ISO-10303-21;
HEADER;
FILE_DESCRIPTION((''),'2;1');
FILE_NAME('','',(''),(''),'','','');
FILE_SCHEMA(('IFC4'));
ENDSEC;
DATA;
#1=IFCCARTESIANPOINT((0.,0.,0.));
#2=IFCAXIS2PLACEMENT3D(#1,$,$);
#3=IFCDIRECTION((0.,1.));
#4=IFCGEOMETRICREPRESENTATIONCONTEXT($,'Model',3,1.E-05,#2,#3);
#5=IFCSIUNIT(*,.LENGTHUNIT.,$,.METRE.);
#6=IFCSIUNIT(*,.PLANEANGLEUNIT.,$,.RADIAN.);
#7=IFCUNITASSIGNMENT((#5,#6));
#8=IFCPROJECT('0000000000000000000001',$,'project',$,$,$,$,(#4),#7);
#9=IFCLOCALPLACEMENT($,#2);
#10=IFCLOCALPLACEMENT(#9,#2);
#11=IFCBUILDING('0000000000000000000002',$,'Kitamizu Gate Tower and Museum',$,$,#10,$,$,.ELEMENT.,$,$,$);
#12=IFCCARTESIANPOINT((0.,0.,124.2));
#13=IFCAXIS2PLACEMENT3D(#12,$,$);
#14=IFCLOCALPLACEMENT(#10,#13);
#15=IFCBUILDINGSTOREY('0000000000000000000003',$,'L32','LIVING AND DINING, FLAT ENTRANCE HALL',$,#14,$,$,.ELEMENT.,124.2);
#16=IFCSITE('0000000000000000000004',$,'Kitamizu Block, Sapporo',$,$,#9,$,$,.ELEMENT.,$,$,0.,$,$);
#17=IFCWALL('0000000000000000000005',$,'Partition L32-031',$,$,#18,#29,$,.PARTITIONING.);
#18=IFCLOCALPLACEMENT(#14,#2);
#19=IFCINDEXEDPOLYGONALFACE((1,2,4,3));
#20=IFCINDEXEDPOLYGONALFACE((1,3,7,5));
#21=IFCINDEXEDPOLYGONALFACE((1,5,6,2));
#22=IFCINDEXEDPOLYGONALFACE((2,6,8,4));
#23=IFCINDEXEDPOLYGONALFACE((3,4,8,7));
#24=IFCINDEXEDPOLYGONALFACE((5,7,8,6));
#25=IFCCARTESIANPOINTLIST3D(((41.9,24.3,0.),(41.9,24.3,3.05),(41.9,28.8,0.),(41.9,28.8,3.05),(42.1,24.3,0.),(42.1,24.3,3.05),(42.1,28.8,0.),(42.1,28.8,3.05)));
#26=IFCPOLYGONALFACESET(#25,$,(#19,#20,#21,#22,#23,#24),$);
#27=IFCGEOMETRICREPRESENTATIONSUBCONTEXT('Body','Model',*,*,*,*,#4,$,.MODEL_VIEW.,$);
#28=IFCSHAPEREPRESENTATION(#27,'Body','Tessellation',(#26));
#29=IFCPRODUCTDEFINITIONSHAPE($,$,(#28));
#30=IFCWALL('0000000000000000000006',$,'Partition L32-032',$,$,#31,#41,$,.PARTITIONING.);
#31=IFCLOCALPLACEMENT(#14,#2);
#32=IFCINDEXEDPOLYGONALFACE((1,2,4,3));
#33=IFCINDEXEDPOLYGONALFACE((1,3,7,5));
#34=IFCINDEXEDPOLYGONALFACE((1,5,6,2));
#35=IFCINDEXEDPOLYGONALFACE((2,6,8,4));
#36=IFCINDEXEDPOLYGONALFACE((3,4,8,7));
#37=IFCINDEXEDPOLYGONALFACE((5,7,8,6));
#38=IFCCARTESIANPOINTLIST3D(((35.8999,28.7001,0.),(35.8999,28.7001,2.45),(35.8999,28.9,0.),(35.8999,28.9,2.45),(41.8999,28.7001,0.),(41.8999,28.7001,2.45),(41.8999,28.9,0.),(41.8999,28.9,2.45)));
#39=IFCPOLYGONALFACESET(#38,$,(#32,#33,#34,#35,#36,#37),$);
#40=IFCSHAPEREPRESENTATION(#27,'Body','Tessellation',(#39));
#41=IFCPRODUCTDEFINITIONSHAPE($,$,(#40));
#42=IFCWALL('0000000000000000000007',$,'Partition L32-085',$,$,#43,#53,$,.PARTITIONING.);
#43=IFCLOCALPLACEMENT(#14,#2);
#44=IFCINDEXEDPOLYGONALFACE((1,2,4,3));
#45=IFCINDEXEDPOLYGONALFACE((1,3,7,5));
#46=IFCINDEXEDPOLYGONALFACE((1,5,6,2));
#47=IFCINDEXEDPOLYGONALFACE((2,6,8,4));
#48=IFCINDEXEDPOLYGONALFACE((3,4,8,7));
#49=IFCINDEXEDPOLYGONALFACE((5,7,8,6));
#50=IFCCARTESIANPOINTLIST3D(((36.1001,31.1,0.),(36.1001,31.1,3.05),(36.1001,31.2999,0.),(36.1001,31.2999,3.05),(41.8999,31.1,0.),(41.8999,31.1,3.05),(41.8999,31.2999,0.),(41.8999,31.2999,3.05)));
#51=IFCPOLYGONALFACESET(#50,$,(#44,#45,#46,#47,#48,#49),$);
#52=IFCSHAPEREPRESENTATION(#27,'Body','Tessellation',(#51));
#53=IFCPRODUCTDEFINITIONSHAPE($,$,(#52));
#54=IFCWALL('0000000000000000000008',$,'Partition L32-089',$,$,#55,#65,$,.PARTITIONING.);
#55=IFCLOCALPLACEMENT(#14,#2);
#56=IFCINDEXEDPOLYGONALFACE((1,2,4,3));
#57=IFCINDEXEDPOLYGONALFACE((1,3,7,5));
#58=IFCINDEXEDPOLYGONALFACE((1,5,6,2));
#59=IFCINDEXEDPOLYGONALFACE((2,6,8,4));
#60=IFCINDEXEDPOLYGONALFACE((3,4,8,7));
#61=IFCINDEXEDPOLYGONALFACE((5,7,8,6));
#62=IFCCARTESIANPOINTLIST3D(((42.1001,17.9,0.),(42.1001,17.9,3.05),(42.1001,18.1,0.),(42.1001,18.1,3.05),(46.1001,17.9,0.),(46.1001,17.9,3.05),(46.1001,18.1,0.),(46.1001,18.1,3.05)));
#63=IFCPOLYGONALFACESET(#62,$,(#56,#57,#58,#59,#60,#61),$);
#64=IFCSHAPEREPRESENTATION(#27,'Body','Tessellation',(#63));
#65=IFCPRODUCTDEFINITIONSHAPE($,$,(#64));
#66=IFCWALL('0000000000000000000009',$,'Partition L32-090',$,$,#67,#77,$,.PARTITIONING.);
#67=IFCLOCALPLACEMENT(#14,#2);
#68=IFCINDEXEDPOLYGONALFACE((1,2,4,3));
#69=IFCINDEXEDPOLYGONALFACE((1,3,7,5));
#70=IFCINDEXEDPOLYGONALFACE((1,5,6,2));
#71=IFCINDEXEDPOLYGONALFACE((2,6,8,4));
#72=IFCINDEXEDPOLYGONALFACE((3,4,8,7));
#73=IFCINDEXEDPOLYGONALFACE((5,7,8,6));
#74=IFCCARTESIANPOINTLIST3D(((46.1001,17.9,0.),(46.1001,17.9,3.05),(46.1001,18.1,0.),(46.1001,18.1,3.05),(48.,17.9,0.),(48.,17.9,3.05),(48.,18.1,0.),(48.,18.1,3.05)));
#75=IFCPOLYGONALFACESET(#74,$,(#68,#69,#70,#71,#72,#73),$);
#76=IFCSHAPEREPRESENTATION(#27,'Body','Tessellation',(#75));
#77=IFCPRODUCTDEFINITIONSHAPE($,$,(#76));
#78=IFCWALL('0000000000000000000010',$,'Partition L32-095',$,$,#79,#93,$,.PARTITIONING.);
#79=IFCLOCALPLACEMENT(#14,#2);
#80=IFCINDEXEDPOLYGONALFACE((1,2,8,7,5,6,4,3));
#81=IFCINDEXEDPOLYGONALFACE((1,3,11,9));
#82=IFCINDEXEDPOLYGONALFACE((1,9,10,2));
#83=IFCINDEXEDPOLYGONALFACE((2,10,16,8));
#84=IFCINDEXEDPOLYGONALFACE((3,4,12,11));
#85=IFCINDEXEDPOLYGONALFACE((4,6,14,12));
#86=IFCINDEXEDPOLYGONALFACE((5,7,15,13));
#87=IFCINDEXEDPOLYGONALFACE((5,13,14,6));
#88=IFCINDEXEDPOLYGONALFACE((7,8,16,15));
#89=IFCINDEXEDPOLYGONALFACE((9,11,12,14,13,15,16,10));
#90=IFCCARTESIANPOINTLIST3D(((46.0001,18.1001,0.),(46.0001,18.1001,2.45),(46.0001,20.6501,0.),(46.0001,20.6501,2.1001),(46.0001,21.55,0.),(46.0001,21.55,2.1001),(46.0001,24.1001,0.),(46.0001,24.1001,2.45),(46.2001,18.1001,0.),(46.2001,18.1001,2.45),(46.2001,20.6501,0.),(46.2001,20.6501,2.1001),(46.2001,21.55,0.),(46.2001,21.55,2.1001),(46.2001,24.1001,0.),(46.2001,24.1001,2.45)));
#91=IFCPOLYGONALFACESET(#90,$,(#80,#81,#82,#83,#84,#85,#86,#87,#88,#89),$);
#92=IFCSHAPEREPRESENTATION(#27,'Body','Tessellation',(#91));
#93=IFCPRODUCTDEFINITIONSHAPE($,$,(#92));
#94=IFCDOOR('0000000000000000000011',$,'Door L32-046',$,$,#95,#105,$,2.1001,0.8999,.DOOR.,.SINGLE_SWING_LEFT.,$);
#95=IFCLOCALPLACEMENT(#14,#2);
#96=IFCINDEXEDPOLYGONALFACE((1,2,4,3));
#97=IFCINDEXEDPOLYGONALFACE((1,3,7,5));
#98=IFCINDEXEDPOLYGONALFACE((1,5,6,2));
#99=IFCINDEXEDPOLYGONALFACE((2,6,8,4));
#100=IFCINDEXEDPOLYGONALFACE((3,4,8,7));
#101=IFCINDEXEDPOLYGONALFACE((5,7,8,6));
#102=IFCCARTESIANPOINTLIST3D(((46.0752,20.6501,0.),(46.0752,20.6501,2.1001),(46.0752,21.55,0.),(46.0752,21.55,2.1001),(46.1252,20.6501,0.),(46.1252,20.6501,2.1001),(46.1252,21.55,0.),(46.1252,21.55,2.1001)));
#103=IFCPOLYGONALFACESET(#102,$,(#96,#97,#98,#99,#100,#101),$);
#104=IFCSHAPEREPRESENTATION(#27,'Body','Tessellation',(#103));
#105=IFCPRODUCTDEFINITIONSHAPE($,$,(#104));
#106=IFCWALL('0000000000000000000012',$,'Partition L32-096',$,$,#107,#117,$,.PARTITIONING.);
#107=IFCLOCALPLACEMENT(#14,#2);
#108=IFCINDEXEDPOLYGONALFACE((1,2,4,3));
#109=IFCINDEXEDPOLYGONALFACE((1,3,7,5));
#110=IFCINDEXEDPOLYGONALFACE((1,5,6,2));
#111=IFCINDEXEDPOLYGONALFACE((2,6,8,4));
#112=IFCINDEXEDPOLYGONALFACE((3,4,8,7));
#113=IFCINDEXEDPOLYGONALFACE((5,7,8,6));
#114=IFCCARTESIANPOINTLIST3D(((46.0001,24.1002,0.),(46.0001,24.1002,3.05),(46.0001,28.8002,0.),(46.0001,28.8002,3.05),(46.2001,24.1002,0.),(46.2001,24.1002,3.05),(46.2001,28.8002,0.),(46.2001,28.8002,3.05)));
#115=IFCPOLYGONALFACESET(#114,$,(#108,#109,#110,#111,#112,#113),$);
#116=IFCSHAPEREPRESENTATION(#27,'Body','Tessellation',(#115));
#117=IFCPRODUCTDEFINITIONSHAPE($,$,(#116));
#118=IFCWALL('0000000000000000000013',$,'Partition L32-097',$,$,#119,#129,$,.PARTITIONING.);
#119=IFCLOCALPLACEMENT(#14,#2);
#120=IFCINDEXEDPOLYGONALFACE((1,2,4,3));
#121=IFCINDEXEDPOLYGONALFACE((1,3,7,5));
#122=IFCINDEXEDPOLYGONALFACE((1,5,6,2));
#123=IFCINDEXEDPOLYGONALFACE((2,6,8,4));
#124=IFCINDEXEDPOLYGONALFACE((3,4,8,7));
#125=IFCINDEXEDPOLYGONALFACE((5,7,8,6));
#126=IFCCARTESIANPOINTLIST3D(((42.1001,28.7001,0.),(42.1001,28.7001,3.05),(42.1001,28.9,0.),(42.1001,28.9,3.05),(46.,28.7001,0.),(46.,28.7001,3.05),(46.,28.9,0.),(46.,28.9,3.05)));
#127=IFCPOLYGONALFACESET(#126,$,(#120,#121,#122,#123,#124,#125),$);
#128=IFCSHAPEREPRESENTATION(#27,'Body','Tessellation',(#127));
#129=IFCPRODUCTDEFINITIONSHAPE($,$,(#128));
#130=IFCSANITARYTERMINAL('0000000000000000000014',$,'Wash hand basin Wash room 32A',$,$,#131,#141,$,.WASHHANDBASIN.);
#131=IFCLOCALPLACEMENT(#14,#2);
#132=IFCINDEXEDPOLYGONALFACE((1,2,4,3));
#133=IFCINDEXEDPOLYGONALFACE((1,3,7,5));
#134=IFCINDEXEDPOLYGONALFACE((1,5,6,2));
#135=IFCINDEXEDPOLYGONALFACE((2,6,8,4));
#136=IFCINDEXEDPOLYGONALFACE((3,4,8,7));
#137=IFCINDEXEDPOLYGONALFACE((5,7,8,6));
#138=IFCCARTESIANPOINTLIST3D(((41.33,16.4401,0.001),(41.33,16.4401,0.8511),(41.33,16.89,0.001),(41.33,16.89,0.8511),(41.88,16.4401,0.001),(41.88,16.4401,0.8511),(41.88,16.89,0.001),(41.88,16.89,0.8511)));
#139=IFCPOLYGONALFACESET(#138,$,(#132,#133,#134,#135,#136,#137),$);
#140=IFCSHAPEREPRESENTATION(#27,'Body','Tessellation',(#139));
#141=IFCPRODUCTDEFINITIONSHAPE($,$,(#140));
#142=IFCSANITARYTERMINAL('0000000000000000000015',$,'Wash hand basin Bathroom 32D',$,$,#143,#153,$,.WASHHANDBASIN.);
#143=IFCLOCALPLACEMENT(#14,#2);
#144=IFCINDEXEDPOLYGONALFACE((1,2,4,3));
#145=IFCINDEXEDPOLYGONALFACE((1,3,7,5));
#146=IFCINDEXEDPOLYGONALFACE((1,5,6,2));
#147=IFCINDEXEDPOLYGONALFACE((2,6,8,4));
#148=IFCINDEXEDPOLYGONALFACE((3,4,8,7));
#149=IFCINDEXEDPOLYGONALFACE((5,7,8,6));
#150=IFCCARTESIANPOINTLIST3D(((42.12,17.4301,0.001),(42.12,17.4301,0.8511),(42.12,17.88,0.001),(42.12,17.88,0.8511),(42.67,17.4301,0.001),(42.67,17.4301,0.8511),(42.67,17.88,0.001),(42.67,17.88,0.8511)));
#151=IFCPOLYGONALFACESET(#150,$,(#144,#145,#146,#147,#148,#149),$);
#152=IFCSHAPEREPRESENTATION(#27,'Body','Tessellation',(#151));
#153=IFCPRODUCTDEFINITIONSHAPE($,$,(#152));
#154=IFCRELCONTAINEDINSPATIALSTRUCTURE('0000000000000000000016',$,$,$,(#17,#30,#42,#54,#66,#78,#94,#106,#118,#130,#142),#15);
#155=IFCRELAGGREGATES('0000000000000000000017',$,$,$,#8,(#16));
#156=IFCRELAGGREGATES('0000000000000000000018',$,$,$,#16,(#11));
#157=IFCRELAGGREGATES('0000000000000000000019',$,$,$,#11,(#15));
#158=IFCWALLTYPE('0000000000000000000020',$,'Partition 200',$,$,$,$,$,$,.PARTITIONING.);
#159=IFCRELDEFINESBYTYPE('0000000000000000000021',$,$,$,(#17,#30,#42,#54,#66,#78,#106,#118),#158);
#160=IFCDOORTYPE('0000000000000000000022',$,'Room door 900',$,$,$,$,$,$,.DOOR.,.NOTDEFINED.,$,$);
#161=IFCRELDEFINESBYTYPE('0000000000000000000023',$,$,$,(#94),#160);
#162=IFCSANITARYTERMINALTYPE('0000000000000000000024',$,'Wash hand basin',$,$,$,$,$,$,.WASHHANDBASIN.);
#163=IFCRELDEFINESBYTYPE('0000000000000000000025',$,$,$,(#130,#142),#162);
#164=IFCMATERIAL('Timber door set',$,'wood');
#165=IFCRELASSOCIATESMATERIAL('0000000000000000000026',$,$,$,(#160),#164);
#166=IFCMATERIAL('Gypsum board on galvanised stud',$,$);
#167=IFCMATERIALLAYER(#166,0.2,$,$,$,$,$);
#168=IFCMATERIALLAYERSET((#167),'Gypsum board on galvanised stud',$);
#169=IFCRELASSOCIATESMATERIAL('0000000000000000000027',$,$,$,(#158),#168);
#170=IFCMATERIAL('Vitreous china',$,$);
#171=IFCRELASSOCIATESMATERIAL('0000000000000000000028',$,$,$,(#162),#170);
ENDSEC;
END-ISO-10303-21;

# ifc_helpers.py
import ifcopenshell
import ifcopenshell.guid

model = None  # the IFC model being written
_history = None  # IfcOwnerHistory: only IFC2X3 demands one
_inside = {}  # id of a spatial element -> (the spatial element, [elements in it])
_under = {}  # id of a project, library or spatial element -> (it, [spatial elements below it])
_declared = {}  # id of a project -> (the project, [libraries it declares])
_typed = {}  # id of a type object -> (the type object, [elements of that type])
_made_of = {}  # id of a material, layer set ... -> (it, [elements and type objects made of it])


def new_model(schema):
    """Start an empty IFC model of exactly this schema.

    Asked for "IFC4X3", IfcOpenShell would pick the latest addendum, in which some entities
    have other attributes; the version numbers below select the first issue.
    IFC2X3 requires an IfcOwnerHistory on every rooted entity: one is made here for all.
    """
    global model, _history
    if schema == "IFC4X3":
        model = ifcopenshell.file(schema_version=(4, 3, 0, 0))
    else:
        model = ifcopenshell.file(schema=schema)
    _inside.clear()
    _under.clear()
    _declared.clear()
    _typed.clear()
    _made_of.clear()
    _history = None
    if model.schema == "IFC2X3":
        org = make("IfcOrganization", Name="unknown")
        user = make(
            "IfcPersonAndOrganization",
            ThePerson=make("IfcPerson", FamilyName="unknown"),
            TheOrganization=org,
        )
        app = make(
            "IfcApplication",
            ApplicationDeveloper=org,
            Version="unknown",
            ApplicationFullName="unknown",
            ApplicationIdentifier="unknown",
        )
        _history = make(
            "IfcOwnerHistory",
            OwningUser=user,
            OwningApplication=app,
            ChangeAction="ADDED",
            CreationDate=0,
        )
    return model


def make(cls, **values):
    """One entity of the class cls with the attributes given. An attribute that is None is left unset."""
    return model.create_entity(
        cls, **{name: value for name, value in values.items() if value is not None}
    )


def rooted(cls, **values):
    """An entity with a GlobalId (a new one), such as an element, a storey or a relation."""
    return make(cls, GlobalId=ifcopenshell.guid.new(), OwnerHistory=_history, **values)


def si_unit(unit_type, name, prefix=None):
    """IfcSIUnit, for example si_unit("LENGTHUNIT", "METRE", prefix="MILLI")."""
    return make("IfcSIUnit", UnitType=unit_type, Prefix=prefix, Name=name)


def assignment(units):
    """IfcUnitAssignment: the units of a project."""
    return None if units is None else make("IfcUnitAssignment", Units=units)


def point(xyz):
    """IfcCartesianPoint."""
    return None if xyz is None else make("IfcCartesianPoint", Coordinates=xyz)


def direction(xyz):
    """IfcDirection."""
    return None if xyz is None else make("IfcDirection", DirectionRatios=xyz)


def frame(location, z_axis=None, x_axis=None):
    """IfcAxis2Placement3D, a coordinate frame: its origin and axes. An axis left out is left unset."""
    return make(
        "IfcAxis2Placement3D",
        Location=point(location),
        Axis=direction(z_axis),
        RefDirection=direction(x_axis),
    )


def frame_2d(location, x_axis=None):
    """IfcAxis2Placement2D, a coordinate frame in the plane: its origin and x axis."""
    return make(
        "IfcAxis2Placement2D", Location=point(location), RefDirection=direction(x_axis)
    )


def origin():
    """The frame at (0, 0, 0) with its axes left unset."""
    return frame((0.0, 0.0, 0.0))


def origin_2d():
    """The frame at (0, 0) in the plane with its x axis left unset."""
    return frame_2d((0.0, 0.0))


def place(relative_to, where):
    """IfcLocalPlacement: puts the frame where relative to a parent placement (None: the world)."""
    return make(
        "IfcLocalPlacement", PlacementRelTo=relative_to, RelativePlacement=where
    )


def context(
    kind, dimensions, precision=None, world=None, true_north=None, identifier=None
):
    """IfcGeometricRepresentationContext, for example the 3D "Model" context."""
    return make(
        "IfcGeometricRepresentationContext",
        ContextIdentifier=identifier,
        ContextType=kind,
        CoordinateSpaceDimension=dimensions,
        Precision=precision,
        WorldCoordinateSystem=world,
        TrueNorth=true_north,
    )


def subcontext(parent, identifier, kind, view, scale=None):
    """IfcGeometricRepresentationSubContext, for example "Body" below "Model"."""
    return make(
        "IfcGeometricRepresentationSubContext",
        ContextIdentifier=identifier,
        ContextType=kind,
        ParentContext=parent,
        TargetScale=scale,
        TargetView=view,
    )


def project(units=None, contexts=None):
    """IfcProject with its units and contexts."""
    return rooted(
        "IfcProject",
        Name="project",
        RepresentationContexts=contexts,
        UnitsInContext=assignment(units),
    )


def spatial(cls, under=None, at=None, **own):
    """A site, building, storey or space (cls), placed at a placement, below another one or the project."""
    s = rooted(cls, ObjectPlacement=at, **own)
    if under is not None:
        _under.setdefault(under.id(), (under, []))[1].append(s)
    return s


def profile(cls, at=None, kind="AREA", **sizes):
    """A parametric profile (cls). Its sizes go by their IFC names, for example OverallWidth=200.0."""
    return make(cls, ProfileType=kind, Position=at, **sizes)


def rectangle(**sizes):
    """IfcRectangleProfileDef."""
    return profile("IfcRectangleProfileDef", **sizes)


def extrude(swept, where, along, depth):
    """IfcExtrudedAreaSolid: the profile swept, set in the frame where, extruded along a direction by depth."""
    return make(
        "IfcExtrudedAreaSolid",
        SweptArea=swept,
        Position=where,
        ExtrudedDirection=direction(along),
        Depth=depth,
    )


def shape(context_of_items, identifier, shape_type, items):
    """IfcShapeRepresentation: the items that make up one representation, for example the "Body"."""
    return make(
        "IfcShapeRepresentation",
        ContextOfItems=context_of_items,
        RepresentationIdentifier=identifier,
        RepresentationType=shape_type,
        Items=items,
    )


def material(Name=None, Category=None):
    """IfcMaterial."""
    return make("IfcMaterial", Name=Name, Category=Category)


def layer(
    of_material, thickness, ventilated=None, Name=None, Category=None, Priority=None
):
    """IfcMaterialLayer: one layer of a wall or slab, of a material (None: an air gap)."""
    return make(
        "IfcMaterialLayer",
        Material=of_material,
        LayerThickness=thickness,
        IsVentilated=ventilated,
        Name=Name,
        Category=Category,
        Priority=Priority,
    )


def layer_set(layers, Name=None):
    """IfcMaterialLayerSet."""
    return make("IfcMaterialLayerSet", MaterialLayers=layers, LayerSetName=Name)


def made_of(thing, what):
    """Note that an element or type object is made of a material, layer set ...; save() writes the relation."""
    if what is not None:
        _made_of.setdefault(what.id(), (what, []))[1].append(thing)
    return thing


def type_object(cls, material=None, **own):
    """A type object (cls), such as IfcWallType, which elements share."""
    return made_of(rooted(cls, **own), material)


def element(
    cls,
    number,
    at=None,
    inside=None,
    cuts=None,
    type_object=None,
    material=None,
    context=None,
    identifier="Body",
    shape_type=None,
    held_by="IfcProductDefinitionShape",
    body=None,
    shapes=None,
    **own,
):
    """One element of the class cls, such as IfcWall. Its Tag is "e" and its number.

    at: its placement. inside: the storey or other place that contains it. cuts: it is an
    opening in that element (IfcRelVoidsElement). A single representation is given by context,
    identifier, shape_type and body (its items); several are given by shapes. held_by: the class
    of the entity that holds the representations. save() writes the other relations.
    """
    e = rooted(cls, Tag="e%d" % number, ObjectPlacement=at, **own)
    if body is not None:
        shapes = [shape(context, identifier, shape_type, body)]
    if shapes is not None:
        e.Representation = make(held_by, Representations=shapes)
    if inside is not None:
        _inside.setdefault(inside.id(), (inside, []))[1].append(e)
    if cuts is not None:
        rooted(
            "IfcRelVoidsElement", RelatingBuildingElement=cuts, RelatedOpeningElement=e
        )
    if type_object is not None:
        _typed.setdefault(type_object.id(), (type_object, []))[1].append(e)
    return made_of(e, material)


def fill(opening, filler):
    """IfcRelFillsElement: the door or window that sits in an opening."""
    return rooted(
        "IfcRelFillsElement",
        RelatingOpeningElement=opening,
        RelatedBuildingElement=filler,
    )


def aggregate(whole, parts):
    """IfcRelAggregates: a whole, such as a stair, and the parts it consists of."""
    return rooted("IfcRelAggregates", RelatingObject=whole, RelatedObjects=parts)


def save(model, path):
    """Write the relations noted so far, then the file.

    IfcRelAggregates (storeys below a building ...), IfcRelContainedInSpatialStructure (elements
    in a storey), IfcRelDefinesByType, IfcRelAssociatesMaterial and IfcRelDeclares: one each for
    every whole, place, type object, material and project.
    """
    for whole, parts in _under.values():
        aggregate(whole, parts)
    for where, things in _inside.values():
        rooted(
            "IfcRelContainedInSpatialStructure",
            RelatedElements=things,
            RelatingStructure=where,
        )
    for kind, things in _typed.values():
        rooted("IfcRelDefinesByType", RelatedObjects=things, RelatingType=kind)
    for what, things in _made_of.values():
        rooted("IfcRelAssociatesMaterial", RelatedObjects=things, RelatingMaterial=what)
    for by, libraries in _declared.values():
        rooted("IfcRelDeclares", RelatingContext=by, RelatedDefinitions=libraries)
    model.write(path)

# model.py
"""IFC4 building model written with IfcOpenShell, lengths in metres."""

from ifc_helpers import new_model, si_unit, direction, frame, frame_2d, origin, origin_2d, place, context, subcontext, project, spatial, rectangle, extrude, material, layer, layer_set, type_object, element, fill, save


model = new_model("IFC4")

# Units and contexts
model_context = context("Model", 3, precision=1e-05, world=origin(), true_north=direction((0.0, 1.0)))
body_context = subcontext(model_context, "Body", "Model", "MODEL_VIEW")
ifc_project = project(units=[si_unit("LENGTHUNIT", "METRE"), si_unit("PLANEANGLEUNIT", "RADIAN")], contexts=[model_context])

# Site, building, storey
site_placement = place(None, origin())
site = spatial("IfcSite", under=ifc_project, at=site_placement, Name="Kitamizu Block, Sapporo", CompositionType="ELEMENT", RefElevation=0.0)
building_placement = place(site_placement, origin())
building = spatial("IfcBuilding", under=site, at=building_placement, Name="Kitamizu Gate Tower and Museum", CompositionType="ELEMENT")
storey_placement = place(building_placement, frame((0.0, 0.0, 124.2)))
storey = spatial("IfcBuildingStorey", under=building, at=storey_placement, Name="L32", Description="LIVING AND DINING, FLAT ENTRANCE HALL", CompositionType="ELEMENT", Elevation=124.2)

# Shared definitions
ifc_material_1 = material(Name="Timber door set", Category="wood")
door_type = type_object("IfcDoorType", Name="Room door 900", OperationType="NOTDEFINED", PredefinedType="DOOR", material=ifc_material_1)

# Walls
ifc_material_2 = material(Name="Gypsum board on galvanised stud")
ifc_layer_1 = layer(ifc_material_2, 0.2)
ifc_layer_set_1 = layer_set([ifc_layer_1], Name="Gypsum board on galvanised stud")
wall_type_1 = type_object("IfcWallType", Name="Partition 200", PredefinedType="PARTITIONING", material=ifc_layer_set_1)
wall_1_placement = place(storey_placement, frame((42.0, 24.3, 0.0), z_axis=(0.0, 0.0, 1.0), x_axis=(0.0, 1.0, 0.0)))
element("IfcWall", 1, at=wall_1_placement, inside=storey, type_object=wall_type_1, Name="Partition L32-031", PredefinedType="PARTITIONING", context=body_context, shape_type="SweptSolid", body=[
    extrude(rectangle(XDim=4.5, YDim=0.2, at=frame_2d((2.25, 0.0))), origin(), (0.0, 0.0, 1.0), 3.05),
])
wall_2_placement = place(storey_placement, frame((41.8999, 28.8, 0.0), z_axis=(0.0, 0.0, 1.0), x_axis=(-1.0, 0.0, 0.0)))
element("IfcWall", 2, at=wall_2_placement, inside=storey, type_object=wall_type_1, Name="Partition L32-032", PredefinedType="PARTITIONING", context=body_context, shape_type="SweptSolid", body=[
    extrude(rectangle(XDim=6.0, YDim=0.2, at=frame_2d((3.0, 0.0))), origin(), (0.0, 0.0, 1.0), 2.45),
])
wall_3_placement = place(storey_placement, frame((36.1001, 31.2, 0.0), z_axis=(0.0, 0.0, 1.0), x_axis=(1.0, 0.0, 0.0)))
element("IfcWall", 3, at=wall_3_placement, inside=storey, type_object=wall_type_1, Name="Partition L32-085", PredefinedType="PARTITIONING", context=body_context, shape_type="SweptSolid", body=[
    extrude(rectangle(XDim=5.7998, YDim=0.2, at=frame_2d((2.8999, 0.0))), origin(), (0.0, 0.0, 1.0), 3.05),
])
wall_4_placement = place(storey_placement, frame((46.1001, 18.0, 0.0), z_axis=(0.0, 0.0, 1.0), x_axis=(-1.0, 0.0, 0.0)))
element("IfcWall", 4, at=wall_4_placement, inside=storey, type_object=wall_type_1, Name="Partition L32-089", PredefinedType="PARTITIONING", context=body_context, shape_type="SweptSolid", body=[
    extrude(rectangle(XDim=4.0, YDim=0.2, at=frame_2d((2.0, 0.0))), origin(), (0.0, 0.0, 1.0), 3.05),
])
wall_5_placement = place(storey_placement, frame((48.0, 18.0, 0.0), z_axis=(0.0, 0.0, 1.0), x_axis=(-1.0, 0.0, 0.0)))
element("IfcWall", 5, at=wall_5_placement, inside=storey, type_object=wall_type_1, Name="Partition L32-090", PredefinedType="PARTITIONING", context=body_context, shape_type="SweptSolid", body=[
    extrude(rectangle(XDim=1.8999, YDim=0.2, at=frame_2d((0.95, 0.0))), origin(), (0.0, 0.0, 1.0), 3.05),
])

# Wall, opening, door
wall_6_placement = place(storey_placement, frame((46.1001, 18.1001, 0.0), z_axis=(0.0, 0.0, 1.0), x_axis=(0.0, 1.0, 0.0)))
wall_6 = element("IfcWall", 6, at=wall_6_placement, inside=storey, type_object=wall_type_1, Name="Partition L32-095", PredefinedType="PARTITIONING", context=body_context, shape_type="SweptSolid", body=[
    extrude(rectangle(XDim=6.0, YDim=0.2, at=frame_2d((3.0, 0.0))), origin(), (0.0, 0.0, 1.0), 2.45),
])
opening_1_placement = place(wall_6_placement, frame((2.55, 0.0, 0.0)))
opening_1 = element("IfcOpeningElement", 7, at=opening_1_placement, cuts=wall_6, PredefinedType="OPENING", context=body_context, shape_type="SweptSolid", body=[
    extrude(rectangle(XDim=0.8999, YDim=2.1001, at=frame_2d((0.45, 1.05))), frame((0.0, 0.1099, 0.0), z_axis=(0.0, -1.0, 0.0), x_axis=(1.0, 0.0, 0.0)), (0.0, 0.0, 1.0), 0.22),
])
door_1_placement = place(opening_1_placement, origin())
door_1 = element("IfcDoor", 8, at=door_1_placement, inside=storey, type_object=door_type, Name="Door L32-046", OperationType="SINGLE_SWING_LEFT", OverallHeight=2.1001, OverallWidth=0.8999, PredefinedType="DOOR", context=body_context, shape_type="SweptSolid", body=[
    extrude(rectangle(XDim=0.8999, YDim=2.1001, at=frame_2d((0.45, 1.05))), frame((0.0, 0.0249, 0.0), z_axis=(0.0, -1.0, 0.0), x_axis=(1.0, 0.0, 0.0)), (0.0, 0.0, 1.0), 0.05),
])
fill(opening_1, door_1)

# Walls
wall_7_placement = place(storey_placement, frame((46.1001, 24.1001, 0.0), z_axis=(0.0, 0.0, 1.0), x_axis=(0.0, 1.0, 0.0)))
element("IfcWall", 9, at=wall_7_placement, inside=storey, type_object=wall_type_1, Name="Partition L32-096", PredefinedType="PARTITIONING", context=body_context, shape_type="SweptSolid", body=[
    extrude(rectangle(XDim=4.7, YDim=0.2, at=frame_2d((2.3501, 0.0))), origin(), (0.0, 0.0, 1.0), 3.05),
])
wall_8_placement = place(storey_placement, frame((46.0, 28.8, 0.0), z_axis=(0.0, 0.0, 1.0), x_axis=(-1.0, 0.0, 0.0)))
element("IfcWall", 10, at=wall_8_placement, inside=storey, type_object=wall_type_1, Name="Partition L32-097", PredefinedType="PARTITIONING", context=body_context, shape_type="SweptSolid", body=[
    extrude(rectangle(XDim=3.8999, YDim=0.2, at=frame_2d((1.95, 0.0))), origin(), (0.0, 0.0, 1.0), 3.05),
])

# Sanitary terminals
ifc_material_3 = material(Name="Vitreous china")
sanitary_terminal_type = type_object("IfcSanitaryTerminalType", Name="Wash hand basin", PredefinedType="WASHHANDBASIN", material=ifc_material_3)
for number, where, z_axis, x_axis, name in (
    (11, (41.605, 16.665, 0.001), (0.0, 0.0, 1.0), (1.0, 0.0, 0.0), "Wash hand basin Wash room 32A"),
    (12, (42.395, 17.655, 0.001), (0.0, 0.0, 1.0), (1.0, 0.0, 0.0), "Wash hand basin Bathroom 32D"),
):
    element("IfcSanitaryTerminal", number, at=place(storey_placement, frame(where, z_axis=z_axis, x_axis=x_axis)), inside=storey, type_object=sanitary_terminal_type, Name=name, PredefinedType="WASHHANDBASIN", context=body_context, shape_type="SweptSolid", body=[
        extrude(rectangle(XDim=0.55, YDim=0.45, at=origin_2d()), origin(), (0.0, 0.0, 1.0), 0.8501),
    ])

save(model, "model.ifc")
